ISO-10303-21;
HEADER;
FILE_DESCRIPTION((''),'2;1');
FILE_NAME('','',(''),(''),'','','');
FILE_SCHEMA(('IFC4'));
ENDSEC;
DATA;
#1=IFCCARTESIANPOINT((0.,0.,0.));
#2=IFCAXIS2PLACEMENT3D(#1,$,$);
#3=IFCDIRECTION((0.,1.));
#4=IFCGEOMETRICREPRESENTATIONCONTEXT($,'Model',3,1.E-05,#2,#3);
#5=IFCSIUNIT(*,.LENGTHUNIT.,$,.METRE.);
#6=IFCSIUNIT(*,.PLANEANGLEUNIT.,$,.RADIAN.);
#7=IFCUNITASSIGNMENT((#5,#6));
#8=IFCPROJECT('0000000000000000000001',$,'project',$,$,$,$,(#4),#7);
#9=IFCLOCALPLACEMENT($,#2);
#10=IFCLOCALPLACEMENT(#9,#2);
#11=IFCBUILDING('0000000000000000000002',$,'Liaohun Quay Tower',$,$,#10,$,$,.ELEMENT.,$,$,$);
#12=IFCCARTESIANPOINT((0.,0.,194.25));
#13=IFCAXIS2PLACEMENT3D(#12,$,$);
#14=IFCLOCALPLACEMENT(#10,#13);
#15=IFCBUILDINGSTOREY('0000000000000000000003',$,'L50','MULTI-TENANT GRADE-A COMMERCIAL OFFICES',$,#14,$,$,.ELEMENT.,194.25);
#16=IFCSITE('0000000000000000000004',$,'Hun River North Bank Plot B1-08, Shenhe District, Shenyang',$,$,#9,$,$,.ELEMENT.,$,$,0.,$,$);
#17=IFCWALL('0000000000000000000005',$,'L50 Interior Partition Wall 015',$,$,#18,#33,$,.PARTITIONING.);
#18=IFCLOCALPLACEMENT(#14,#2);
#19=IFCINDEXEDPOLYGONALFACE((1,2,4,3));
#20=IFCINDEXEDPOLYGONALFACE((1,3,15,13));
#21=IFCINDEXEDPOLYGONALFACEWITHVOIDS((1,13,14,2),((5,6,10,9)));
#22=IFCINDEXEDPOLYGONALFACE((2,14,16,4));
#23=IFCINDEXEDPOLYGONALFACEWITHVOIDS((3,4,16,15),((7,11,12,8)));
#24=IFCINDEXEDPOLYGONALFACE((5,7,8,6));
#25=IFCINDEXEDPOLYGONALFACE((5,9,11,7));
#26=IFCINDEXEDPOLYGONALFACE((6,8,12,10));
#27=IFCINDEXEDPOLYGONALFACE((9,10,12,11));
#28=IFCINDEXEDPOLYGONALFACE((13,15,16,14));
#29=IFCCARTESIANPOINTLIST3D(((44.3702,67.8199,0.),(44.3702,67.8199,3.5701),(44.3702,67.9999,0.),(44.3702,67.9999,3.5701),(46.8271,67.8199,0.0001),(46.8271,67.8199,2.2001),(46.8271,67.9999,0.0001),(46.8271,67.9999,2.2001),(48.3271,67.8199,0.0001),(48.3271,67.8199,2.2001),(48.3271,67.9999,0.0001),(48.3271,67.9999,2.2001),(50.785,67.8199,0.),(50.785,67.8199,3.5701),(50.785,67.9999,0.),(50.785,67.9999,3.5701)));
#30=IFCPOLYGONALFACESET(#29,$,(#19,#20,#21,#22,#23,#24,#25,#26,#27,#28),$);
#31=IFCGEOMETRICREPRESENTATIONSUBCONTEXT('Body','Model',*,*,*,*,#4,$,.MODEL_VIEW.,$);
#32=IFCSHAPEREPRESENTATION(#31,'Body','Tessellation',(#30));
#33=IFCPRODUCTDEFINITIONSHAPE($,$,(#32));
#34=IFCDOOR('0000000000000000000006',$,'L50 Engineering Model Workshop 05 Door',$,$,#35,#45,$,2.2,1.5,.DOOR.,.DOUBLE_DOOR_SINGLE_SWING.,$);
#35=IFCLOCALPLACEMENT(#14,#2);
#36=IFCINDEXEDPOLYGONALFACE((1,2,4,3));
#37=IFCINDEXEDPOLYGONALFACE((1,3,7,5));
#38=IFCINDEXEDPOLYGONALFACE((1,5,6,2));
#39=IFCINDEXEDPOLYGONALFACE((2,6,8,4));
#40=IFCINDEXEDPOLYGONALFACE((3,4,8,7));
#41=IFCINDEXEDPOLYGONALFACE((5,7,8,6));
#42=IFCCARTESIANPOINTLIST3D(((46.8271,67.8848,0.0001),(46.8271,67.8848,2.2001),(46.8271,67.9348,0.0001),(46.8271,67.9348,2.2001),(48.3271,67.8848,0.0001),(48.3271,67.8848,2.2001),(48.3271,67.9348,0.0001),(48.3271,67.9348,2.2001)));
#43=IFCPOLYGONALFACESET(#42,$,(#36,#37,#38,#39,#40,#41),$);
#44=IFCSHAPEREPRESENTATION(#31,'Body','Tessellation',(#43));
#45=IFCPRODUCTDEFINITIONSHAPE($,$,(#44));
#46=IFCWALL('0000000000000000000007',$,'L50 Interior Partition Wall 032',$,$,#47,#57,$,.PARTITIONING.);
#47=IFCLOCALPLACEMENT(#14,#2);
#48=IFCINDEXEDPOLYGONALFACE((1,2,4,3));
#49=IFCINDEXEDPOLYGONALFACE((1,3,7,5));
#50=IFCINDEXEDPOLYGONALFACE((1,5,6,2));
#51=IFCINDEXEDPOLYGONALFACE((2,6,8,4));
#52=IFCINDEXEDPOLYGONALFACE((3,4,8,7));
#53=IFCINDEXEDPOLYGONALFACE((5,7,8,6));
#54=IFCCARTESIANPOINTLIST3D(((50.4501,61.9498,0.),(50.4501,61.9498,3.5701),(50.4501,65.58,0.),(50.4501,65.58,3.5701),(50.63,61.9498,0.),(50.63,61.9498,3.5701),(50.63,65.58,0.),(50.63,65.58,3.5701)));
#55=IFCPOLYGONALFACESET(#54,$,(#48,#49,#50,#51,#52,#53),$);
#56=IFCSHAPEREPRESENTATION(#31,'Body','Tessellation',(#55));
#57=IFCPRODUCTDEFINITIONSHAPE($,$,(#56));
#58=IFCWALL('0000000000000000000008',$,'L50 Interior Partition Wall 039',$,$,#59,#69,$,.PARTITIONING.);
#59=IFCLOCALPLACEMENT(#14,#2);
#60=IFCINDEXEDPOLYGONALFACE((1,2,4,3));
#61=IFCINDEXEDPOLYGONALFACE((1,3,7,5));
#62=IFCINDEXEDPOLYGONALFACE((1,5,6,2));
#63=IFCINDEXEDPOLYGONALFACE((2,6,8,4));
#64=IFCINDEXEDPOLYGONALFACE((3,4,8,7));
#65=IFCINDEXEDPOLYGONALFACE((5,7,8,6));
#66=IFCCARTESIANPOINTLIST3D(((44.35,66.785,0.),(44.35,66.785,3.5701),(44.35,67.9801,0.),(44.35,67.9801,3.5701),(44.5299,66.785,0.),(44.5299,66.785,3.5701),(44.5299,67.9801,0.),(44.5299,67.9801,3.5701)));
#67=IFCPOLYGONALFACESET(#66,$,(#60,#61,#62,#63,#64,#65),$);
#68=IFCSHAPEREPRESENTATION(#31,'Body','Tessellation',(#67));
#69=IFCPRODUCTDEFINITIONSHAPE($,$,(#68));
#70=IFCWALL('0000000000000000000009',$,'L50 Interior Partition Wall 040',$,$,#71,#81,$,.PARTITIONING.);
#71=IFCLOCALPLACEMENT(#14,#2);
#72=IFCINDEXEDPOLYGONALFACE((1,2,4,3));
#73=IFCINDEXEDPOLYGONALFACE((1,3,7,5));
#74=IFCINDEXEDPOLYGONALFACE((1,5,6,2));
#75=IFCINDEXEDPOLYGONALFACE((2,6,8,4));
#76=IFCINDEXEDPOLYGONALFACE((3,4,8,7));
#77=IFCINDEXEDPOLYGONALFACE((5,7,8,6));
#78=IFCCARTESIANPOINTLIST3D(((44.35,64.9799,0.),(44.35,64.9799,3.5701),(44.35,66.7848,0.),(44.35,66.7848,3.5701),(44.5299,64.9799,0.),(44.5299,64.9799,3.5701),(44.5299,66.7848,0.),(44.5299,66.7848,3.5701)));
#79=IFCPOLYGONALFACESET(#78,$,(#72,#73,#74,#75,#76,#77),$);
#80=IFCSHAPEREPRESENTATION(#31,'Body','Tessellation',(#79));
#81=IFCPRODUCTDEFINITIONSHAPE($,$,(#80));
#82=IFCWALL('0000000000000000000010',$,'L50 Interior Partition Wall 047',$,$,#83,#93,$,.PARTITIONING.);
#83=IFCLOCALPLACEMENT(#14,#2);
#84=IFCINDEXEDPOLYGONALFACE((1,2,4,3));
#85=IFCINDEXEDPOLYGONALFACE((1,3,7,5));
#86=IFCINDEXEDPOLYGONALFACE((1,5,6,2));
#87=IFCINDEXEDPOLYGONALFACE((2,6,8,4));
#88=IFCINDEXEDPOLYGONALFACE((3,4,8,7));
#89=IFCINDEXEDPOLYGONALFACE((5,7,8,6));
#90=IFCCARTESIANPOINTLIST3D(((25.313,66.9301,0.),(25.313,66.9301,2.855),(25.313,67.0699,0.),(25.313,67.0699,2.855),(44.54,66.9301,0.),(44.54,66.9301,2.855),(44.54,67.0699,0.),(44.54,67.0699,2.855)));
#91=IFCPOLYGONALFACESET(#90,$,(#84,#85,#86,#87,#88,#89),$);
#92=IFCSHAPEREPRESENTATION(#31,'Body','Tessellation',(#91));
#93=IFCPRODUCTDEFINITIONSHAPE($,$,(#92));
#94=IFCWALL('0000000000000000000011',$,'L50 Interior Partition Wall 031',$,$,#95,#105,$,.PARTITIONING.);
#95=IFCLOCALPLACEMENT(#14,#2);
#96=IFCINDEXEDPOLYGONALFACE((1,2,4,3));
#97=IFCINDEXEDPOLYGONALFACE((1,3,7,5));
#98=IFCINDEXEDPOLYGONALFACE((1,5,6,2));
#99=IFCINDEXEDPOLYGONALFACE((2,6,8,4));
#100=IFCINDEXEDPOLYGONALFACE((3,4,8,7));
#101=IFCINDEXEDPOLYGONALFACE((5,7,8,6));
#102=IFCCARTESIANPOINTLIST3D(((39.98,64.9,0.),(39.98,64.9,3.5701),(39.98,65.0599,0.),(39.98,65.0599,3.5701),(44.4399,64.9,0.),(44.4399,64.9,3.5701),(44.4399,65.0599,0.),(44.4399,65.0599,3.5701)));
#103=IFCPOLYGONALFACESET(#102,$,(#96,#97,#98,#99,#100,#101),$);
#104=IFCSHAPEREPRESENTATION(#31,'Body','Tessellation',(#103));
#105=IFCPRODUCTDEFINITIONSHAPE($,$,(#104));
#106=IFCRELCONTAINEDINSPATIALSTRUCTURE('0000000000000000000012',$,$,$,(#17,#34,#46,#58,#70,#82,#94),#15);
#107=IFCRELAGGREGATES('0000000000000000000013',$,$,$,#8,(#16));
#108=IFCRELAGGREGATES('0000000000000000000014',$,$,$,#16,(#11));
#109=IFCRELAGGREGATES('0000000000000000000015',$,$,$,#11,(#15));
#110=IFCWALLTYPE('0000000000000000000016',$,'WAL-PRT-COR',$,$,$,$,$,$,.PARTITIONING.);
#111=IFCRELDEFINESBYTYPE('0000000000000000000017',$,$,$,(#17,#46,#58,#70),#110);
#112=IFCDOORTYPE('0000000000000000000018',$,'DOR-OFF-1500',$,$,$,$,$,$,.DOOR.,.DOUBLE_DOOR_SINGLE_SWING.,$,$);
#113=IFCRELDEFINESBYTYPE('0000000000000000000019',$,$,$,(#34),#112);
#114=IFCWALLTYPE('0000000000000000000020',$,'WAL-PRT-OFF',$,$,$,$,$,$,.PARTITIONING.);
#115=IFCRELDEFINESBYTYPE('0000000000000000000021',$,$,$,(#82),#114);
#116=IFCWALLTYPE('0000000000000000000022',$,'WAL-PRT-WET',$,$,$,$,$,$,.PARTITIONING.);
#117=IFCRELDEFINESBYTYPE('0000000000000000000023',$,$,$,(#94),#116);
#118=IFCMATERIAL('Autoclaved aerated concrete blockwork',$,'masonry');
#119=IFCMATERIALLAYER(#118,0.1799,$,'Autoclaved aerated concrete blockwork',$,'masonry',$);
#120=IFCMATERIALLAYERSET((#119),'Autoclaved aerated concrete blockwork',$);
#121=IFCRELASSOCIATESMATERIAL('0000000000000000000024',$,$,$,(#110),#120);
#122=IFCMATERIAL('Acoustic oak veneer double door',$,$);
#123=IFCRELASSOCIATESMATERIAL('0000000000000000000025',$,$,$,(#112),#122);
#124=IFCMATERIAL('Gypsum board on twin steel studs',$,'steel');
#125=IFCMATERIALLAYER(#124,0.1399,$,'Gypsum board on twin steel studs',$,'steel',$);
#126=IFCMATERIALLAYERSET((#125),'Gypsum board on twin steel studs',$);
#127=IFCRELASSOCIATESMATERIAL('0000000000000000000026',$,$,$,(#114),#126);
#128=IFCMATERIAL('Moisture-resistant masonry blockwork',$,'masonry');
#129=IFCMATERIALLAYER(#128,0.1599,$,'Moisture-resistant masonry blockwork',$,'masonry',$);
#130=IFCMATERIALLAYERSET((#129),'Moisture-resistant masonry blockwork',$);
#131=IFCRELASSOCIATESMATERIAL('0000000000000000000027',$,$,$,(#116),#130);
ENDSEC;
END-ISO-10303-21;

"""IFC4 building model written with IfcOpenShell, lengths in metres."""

from ifc_helpers import new_model, si_unit, direction, frame, frame_2d, origin, place, context, subcontext, project, spatial, rectangle, extrude, source, transform, mapped, material, layer, layer_set, type_object, element, fill, save


model = new_model("IFC4")

# Units and contexts
model_context = context("Model", 3, precision=1e-05, world=origin(), true_north=direction((0.0, 1.0)))
body_context = subcontext(model_context, "Body", "Model", "MODEL_VIEW")
ifc_project = project(units=[si_unit("LENGTHUNIT", "METRE"), si_unit("PLANEANGLEUNIT", "RADIAN")], contexts=[model_context])

# Site, building, storey
site_placement = place(None, origin())
site = spatial("IfcSite", under=ifc_project, at=site_placement, Name="Hun River North Bank Plot B1-08, Shenhe District, Shenyang", CompositionType="ELEMENT", RefElevation=0.0)
building_placement = place(site_placement, origin())
building = spatial("IfcBuilding", under=site, at=building_placement, Name="Liaohun Quay Tower", CompositionType="ELEMENT")
storey_placement = place(building_placement, frame((0.0, 0.0, 194.25)))
storey = spatial("IfcBuildingStorey", under=building, at=storey_placement, Name="L50", Description="MULTI-TENANT GRADE-A COMMERCIAL OFFICES", CompositionType="ELEMENT", Elevation=194.25)

# Wall, opening, door
ifc_material_1 = material(Name="Autoclaved aerated concrete blockwork", Category="masonry")
ifc_layer_1 = layer(ifc_material_1, 0.1799, Name="Autoclaved aerated concrete blockwork", Category="masonry")
ifc_layer_set_1 = layer_set([ifc_layer_1], Name="Autoclaved aerated concrete blockwork")
wall_type_1 = type_object("IfcWallType", Name="WAL-PRT-COR", PredefinedType="PARTITIONING", material=ifc_layer_set_1)
shared_shape_1 = source(origin(), body_context, "Body", "SweptSolid", [
    extrude(rectangle(XDim=1.5, YDim=2.2, at=frame_2d((0.75, 1.1001))), frame((0.0, 0.0999, 0.0), z_axis=(0.0, -1.0, 0.0), x_axis=(1.0, 0.0, 0.0)), (0.0, 0.0, 1.0), 0.2),
])
ifc_material_2 = material(Name="Acoustic oak veneer double door")
door_type_1 = type_object("IfcDoorType", Name="DOR-OFF-1500", OperationType="DOUBLE_DOOR_SINGLE_SWING", PredefinedType="DOOR", material=ifc_material_2)
shared_shape_2 = source(origin(), body_context, "Body", "SweptSolid", [
    extrude(rectangle(XDim=1.5, YDim=2.2, at=frame_2d((0.75, 1.1001))), frame((0.0, 0.0249, 0.0), z_axis=(0.0, -1.0, 0.0), x_axis=(1.0, 0.0, 0.0)), (0.0, 0.0, 1.0), 0.05),
])
wall_1_placement = place(storey_placement, frame((44.3701, 67.9099, 0.0), z_axis=(0.0, 0.0, 1.0), x_axis=(1.0, 0.0, 0.0)))
wall_1 = element("IfcWall", 1, at=wall_1_placement, inside=storey, type_object=wall_type_1, Name="L50 Interior Partition Wall 015", PredefinedType="PARTITIONING", context=body_context, shape_type="SweptSolid", body=[
    extrude(rectangle(XDim=6.4148, YDim=0.1799, at=frame_2d((3.2075, 0.0))), origin(), (0.0, 0.0, 1.0), 3.5701),
])
opening_1_placement = place(wall_1_placement, frame((2.457, 0.0, 0.0)))
opening_1 = element("IfcOpeningElement", 2, at=opening_1_placement, cuts=wall_1, PredefinedType="OPENING", context=body_context, shape_type="MappedRepresentation", body=[
    mapped(shared_shape_1, transform((0.0, 0.0, 0.0), x_axis=(1.0, 0.0, 0.0), y_axis=(0.0, 1.0, 0.0), z_axis=(0.0, 0.0, 1.0), scale=1.0)),
])
door_1_placement = place(opening_1_placement, origin())
door_1 = element("IfcDoor", 3, at=door_1_placement, inside=storey, type_object=door_type_1, Name="L50 Engineering Model Workshop 05 Door", OperationType="DOUBLE_DOOR_SINGLE_SWING", OverallHeight=2.2, OverallWidth=1.5, PredefinedType="DOOR", context=body_context, shape_type="MappedRepresentation", body=[
    mapped(shared_shape_2, transform((0.0, 0.0, 0.0), x_axis=(1.0, 0.0, 0.0), y_axis=(0.0, 1.0, 0.0), z_axis=(0.0, 0.0, 1.0), scale=1.0)),
])
fill(opening_1, door_1)

# Walls
wall_2_placement = place(storey_placement, frame((50.54, 61.95, 0.0), z_axis=(0.0, 0.0, 1.0), x_axis=(0.0, 1.0, 0.0)))
element("IfcWall", 4, at=wall_2_placement, inside=storey, type_object=wall_type_1, Name="L50 Interior Partition Wall 032", PredefinedType="PARTITIONING", context=body_context, shape_type="SweptSolid", body=[
    extrude(rectangle(XDim=3.6301, YDim=0.1799, at=frame_2d((1.8149, 0.0))), origin(), (0.0, 0.0, 1.0), 3.5701),
])
wall_3_placement = place(storey_placement, frame((44.4399, 66.7849, 0.0), z_axis=(0.0, 0.0, 1.0), x_axis=(0.0, 1.0, 0.0)))
element("IfcWall", 5, at=wall_3_placement, inside=storey, type_object=wall_type_1, Name="L50 Interior Partition Wall 039", PredefinedType="PARTITIONING", context=body_context, shape_type="SweptSolid", body=[
    extrude(rectangle(XDim=1.1951, YDim=0.1799, at=frame_2d((0.5977, 0.0))), origin(), (0.0, 0.0, 1.0), 3.5701),
])
wall_4_placement = place(storey_placement, frame((44.4399, 64.98, 0.0), z_axis=(0.0, 0.0, 1.0), x_axis=(0.0, 1.0, 0.0)))
element("IfcWall", 6, at=wall_4_placement, inside=storey, type_object=wall_type_1, Name="L50 Interior Partition Wall 040", PredefinedType="PARTITIONING", context=body_context, shape_type="SweptSolid", body=[
    extrude(rectangle(XDim=1.8049, YDim=0.1799, at=frame_2d((0.9023, 0.0))), origin(), (0.0, 0.0, 1.0), 3.5701),
])
ifc_material_3 = material(Name="Gypsum board on twin steel studs", Category="steel")
ifc_layer_2 = layer(ifc_material_3, 0.1399, Name="Gypsum board on twin steel studs", Category="steel")
ifc_layer_set_2 = layer_set([ifc_layer_2], Name="Gypsum board on twin steel studs")
wall_type_2 = type_object("IfcWallType", Name="WAL-PRT-OFF", PredefinedType="PARTITIONING", material=ifc_layer_set_2)
wall_5_placement = place(storey_placement, frame((44.54, 67.0, 0.0), z_axis=(0.0, 0.0, 1.0), x_axis=(-1.0, 0.0, 0.0)))
element("IfcWall", 7, at=wall_5_placement, inside=storey, type_object=wall_type_2, Name="L50 Interior Partition Wall 047", PredefinedType="PARTITIONING", context=body_context, shape_type="SweptSolid", body=[
    extrude(rectangle(XDim=19.2271, YDim=0.1399, at=frame_2d((9.6135, 0.0))), origin(), (0.0, 0.0, 1.0), 2.855),
])

# Shared definitions
ifc_material_4 = material(Name="Moisture-resistant masonry blockwork", Category="masonry")
ifc_layer_3 = layer(ifc_material_4, 0.1599, Name="Moisture-resistant masonry blockwork", Category="masonry")
ifc_layer_set_3 = layer_set([ifc_layer_3], Name="Moisture-resistant masonry blockwork")
wall_type_3 = type_object("IfcWallType", Name="WAL-PRT-WET", PredefinedType="PARTITIONING", material=ifc_layer_set_3)

# Wall
wall_6_placement = place(storey_placement, frame((39.98, 64.98, 0.0), z_axis=(0.0, 0.0, 1.0), x_axis=(1.0, 0.0, 0.0)))
element("IfcWall", 8, at=wall_6_placement, inside=storey, type_object=wall_type_3, Name="L50 Interior Partition Wall 031", PredefinedType="PARTITIONING", context=body_context, shape_type="SweptSolid", body=[
    extrude(rectangle(XDim=4.46, YDim=0.1599, at=frame_2d((2.23, 0.0))), origin(), (0.0, 0.0, 1.0), 3.5701),
])

save(model, "model.ifc")
